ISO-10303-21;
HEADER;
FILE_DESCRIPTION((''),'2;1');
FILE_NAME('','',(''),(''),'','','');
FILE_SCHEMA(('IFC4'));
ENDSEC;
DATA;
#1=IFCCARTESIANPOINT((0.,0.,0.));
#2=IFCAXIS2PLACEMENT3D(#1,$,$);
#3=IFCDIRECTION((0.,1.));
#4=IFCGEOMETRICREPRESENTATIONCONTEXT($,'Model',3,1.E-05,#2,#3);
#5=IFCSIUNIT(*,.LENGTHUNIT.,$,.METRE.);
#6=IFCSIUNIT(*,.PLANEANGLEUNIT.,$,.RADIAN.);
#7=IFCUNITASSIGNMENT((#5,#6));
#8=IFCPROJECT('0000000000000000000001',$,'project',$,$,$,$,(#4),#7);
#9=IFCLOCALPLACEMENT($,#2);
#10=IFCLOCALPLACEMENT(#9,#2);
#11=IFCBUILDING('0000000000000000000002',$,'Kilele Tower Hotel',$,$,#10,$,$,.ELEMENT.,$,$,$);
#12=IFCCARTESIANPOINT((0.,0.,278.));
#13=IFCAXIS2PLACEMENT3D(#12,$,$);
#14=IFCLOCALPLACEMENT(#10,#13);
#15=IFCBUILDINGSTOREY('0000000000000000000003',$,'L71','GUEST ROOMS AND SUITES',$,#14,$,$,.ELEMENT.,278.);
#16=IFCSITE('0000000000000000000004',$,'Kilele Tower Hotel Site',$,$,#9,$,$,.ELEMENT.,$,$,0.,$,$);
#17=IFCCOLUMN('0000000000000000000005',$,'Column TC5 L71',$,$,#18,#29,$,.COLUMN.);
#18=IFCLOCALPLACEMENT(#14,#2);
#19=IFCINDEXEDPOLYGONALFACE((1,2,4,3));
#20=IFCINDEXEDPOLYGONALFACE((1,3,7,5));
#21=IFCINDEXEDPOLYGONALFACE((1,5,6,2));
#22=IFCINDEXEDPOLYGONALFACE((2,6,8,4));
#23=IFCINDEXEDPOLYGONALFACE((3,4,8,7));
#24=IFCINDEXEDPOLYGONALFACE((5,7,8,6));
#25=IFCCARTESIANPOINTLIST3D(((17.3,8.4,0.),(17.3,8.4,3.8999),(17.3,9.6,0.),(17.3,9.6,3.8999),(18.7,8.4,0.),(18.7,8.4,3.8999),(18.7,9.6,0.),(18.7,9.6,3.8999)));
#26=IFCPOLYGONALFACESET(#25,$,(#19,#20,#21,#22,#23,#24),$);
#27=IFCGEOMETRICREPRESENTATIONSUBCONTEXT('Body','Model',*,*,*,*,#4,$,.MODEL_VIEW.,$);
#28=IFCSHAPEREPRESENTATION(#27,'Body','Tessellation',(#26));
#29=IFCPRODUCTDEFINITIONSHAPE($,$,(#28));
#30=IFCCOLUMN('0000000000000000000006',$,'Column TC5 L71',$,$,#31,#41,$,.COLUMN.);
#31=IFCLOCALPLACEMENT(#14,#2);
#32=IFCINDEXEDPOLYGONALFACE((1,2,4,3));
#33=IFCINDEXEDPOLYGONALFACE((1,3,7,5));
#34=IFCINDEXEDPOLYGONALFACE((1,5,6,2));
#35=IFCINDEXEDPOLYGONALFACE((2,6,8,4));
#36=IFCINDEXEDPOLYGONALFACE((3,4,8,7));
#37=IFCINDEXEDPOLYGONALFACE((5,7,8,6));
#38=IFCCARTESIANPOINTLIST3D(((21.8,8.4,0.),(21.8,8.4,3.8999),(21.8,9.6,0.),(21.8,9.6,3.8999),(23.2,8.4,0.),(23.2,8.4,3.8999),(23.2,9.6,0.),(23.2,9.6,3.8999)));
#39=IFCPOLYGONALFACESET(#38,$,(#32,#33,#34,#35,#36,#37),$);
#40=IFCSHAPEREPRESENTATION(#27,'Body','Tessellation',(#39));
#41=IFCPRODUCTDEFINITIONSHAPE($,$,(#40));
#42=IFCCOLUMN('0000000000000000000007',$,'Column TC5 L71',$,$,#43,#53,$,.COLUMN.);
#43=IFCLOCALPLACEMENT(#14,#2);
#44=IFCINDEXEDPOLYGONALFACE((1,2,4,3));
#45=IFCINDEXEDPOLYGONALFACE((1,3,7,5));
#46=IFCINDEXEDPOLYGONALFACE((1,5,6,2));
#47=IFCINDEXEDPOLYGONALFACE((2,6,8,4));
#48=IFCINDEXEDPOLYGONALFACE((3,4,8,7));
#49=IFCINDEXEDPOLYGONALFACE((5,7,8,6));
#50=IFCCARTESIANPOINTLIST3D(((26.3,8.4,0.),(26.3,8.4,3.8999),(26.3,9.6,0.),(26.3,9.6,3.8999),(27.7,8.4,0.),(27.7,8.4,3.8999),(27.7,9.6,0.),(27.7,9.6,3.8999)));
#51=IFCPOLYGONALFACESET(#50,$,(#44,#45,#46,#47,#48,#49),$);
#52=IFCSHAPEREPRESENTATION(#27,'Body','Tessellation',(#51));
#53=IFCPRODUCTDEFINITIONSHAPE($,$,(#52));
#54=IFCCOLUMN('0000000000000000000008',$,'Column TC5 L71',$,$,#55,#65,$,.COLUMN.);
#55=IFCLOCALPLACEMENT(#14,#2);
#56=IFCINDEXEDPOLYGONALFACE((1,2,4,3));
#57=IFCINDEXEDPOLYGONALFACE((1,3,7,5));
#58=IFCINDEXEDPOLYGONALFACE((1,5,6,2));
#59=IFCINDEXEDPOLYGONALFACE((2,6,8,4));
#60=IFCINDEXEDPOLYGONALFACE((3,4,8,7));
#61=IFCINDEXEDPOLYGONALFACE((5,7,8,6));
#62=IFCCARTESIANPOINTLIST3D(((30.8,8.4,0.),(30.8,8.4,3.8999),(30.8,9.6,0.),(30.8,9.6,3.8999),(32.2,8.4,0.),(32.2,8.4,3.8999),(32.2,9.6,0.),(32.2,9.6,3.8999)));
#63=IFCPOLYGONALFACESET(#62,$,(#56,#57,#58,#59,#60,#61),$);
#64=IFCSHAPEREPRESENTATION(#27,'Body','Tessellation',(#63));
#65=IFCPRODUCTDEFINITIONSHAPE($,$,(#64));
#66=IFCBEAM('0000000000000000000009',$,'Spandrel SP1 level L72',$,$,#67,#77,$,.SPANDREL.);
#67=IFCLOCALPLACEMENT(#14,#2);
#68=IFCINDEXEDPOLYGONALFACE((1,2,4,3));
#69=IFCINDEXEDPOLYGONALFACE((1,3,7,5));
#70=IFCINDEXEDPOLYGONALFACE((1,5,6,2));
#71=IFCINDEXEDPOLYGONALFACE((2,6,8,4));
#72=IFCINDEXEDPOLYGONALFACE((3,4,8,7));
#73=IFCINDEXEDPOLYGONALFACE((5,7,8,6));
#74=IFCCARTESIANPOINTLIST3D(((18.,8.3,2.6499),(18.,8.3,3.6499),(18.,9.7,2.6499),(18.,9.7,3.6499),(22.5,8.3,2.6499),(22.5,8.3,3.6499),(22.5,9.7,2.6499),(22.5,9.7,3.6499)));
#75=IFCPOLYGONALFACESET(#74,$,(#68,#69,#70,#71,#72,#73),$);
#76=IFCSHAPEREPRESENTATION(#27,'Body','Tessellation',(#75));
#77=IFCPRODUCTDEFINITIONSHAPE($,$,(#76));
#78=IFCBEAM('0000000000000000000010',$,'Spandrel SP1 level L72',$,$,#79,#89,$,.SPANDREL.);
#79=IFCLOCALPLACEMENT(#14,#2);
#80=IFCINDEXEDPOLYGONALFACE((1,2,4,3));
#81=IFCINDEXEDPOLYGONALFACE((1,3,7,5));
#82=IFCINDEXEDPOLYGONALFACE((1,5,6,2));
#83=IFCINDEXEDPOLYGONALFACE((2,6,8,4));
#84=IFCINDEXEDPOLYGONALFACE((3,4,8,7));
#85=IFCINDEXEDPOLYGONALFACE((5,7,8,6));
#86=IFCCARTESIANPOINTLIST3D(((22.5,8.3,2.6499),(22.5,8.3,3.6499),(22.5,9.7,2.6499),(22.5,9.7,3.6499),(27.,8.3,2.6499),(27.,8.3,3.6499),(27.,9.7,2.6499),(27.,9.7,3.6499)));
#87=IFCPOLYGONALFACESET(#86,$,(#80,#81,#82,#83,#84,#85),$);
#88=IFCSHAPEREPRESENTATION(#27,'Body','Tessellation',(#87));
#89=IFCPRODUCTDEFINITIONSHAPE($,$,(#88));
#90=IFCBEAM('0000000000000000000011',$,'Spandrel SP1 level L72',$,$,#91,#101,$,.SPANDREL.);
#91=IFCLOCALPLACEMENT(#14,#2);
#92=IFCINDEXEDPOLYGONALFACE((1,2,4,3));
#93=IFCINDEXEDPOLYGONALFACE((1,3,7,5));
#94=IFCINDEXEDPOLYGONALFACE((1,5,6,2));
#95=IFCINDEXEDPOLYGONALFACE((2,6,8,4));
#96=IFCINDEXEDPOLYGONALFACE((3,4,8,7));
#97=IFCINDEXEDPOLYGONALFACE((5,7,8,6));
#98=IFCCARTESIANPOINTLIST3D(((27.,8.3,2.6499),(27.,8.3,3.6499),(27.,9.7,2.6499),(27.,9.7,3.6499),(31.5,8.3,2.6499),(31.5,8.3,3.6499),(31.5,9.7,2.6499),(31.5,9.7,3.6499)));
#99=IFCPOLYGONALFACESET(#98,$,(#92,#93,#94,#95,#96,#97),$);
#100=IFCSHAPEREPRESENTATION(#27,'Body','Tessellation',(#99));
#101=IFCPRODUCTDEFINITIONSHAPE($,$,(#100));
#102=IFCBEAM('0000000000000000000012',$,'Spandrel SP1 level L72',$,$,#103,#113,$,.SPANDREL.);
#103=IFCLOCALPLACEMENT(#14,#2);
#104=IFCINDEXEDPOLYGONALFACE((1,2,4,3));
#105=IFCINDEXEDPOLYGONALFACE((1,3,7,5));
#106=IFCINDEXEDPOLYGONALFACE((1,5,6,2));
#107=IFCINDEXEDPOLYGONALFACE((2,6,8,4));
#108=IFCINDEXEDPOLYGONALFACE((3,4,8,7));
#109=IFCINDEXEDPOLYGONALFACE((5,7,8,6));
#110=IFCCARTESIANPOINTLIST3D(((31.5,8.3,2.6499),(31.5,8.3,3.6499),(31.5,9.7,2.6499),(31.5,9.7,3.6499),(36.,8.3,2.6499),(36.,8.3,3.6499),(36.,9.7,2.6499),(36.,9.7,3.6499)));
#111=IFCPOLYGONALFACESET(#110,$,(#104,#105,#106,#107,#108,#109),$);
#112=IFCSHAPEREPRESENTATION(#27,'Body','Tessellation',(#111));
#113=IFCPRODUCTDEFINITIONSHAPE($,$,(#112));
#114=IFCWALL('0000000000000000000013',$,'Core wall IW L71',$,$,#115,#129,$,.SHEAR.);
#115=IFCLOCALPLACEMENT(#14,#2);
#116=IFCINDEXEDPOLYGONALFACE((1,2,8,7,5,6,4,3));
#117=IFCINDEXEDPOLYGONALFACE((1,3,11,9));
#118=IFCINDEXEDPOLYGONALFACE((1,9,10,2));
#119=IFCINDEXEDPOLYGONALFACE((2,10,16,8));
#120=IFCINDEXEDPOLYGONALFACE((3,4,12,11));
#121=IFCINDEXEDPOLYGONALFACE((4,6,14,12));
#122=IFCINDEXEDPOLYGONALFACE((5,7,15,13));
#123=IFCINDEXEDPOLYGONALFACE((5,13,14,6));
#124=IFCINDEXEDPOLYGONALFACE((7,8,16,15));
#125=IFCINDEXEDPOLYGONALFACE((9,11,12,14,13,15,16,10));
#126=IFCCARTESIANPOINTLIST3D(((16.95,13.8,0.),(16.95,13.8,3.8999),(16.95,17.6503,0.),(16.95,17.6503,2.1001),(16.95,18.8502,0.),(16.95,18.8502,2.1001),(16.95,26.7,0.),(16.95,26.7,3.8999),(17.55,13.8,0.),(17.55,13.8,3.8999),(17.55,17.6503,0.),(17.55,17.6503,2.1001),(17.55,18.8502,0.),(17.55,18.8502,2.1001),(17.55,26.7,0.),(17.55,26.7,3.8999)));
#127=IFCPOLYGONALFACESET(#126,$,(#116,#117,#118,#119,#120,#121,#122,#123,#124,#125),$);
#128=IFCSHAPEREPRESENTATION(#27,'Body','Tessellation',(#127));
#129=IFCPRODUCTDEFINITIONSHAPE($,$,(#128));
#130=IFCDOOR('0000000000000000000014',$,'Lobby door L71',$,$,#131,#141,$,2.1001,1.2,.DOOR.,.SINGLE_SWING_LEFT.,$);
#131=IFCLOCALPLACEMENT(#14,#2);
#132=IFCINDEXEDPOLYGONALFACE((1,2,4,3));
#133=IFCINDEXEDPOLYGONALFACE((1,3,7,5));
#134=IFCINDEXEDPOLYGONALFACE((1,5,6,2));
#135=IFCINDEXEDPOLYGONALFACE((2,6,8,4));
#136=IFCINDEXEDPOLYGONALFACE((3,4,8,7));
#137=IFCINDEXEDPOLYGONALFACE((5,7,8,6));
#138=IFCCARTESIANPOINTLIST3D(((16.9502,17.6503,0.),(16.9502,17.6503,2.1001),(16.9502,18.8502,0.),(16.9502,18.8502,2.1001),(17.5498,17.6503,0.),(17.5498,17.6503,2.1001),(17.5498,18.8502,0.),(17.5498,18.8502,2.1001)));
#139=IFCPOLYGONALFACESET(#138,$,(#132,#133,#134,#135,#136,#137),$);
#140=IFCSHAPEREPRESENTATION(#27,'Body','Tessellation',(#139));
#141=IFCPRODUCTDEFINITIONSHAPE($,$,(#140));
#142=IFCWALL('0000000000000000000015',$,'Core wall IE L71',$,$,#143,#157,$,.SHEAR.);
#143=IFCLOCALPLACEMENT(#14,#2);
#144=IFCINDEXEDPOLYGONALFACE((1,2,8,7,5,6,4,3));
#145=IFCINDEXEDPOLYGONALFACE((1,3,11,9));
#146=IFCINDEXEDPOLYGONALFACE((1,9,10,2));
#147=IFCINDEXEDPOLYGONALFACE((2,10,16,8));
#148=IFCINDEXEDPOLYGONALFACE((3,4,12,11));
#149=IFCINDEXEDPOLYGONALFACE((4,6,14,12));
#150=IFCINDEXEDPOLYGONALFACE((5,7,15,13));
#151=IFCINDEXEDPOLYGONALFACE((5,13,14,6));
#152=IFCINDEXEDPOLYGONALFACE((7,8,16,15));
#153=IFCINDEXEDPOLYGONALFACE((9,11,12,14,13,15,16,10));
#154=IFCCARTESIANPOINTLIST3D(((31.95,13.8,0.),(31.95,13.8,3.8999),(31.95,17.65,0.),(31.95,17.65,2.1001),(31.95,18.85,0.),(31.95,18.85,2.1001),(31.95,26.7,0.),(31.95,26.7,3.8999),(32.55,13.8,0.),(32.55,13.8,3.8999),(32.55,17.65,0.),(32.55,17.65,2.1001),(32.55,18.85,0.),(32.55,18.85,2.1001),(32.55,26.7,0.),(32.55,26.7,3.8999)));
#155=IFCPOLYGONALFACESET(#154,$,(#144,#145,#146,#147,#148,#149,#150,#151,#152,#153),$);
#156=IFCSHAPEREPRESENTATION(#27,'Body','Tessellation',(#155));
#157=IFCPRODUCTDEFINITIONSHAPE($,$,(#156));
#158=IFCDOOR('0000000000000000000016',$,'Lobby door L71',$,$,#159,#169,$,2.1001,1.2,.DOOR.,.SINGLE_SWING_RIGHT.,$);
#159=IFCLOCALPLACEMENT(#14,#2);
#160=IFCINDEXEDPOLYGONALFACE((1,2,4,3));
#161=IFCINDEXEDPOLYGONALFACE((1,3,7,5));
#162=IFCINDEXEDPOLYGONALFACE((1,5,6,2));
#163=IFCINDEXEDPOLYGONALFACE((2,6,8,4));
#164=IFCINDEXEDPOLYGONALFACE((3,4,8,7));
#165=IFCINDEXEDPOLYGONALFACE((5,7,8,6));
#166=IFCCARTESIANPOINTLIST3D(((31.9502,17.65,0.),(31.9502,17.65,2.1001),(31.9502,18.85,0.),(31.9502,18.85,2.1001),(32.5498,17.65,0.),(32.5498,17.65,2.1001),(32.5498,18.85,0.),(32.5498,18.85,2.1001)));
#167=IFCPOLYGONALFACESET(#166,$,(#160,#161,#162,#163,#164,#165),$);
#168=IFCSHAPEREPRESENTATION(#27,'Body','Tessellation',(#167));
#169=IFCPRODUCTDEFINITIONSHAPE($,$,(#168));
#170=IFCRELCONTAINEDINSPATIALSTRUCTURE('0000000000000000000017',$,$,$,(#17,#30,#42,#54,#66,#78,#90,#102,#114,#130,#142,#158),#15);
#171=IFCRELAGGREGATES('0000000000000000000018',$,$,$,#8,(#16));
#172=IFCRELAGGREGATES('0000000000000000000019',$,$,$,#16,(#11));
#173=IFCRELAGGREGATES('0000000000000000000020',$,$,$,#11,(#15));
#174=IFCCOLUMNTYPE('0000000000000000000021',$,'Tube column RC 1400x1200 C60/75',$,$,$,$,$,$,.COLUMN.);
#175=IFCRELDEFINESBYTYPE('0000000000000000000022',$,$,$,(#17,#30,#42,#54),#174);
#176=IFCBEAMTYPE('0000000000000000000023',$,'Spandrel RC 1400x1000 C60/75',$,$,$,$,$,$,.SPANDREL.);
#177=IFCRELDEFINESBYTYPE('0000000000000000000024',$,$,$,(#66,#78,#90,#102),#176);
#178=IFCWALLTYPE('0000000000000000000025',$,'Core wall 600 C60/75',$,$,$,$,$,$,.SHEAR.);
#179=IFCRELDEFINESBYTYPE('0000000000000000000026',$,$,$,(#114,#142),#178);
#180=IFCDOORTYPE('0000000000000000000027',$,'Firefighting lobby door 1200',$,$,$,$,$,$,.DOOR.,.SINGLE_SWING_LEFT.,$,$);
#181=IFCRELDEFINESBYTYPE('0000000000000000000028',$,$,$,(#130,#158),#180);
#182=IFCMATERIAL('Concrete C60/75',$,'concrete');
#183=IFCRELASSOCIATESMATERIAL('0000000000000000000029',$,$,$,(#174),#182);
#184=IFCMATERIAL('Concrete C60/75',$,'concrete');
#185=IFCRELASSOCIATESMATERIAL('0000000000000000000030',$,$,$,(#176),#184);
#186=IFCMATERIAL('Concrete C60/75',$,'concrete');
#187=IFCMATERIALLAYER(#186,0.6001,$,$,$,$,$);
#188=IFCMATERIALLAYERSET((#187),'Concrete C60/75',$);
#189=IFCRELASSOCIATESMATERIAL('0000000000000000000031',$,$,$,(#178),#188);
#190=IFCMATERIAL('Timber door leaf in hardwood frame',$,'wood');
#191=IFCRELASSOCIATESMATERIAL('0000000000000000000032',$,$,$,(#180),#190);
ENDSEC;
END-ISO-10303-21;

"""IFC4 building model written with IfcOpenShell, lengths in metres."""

from ifc_helpers import new_model, si_unit, direction, frame, frame_2d, origin, origin_2d, place, context, subcontext, project, spatial, rectangle, extrude, material, layer, layer_set, material_profile, profile_set, type_object, element, fill, save


model = new_model("IFC4")

# Units and contexts
model_context = context("Model", 3, precision=1e-05, world=origin(), true_north=direction((0.0, 1.0)))
body_context = subcontext(model_context, "Body", "Model", "MODEL_VIEW")
ifc_project = project(units=[si_unit("LENGTHUNIT", "METRE"), si_unit("PLANEANGLEUNIT", "RADIAN")], contexts=[model_context])

# Site, building, storey
site_placement = place(None, origin())
site = spatial("IfcSite", under=ifc_project, at=site_placement, Name="Kilele Tower Hotel Site", CompositionType="ELEMENT", RefElevation=0.0)
building_placement = place(site_placement, origin())
building = spatial("IfcBuilding", under=site, at=building_placement, Name="Kilele Tower Hotel", CompositionType="ELEMENT")
storey_placement = place(building_placement, frame((0.0, 0.0, 278.0)))
storey = spatial("IfcBuildingStorey", under=building, at=storey_placement, Name="L71", Description="GUEST ROOMS AND SUITES", CompositionType="ELEMENT", Elevation=278.0)

# Columns
ifc_material_1 = material(Name="Concrete C60/75", Category="concrete")
ifc_material_profile_1 = material_profile(ifc_material_1, rectangle(XDim=1.3999, YDim=1.2, at=origin_2d()))
ifc_profile_set_1 = profile_set([ifc_material_profile_1], Name="Concrete C60/75")
column_type = type_object("IfcColumnType", Name="Tube column RC 1400x1200 C60/75", PredefinedType="COLUMN", material=ifc_profile_set_1)
for number, where, z_axis, x_axis, name in (
    (1, (18.0, 9.0, 0.0), (0.0, 0.0, 1.0), (1.0, 0.0, 0.0), "Column TC5 L71"),
    (2, (22.5, 9.0, 0.0), (0.0, 0.0, 1.0), (1.0, 0.0, 0.0), "Column TC5 L71"),
    (3, (27.0, 9.0, 0.0), (0.0, 0.0, 1.0), (1.0, 0.0, 0.0), "Column TC5 L71"),
    (4, (31.5, 9.0, 0.0), (0.0, 0.0, 1.0), (1.0, 0.0, 0.0), "Column TC5 L71"),
):
    element("IfcColumn", number, at=place(storey_placement, frame(where, z_axis=z_axis, x_axis=x_axis)), inside=storey, type_object=column_type, Name=name, PredefinedType="COLUMN", context=body_context, shape_type="SweptSolid", body=[
        extrude(rectangle(XDim=1.3999, YDim=1.2, at=origin_2d()), origin(), (0.0, 0.0, 1.0), 3.8999),
    ])

# Beams
ifc_material_2 = material(Name="Concrete C60/75", Category="concrete")
ifc_material_profile_2 = material_profile(ifc_material_2, rectangle(XDim=1.3999, YDim=1.0, at=origin_2d()))
ifc_profile_set_2 = profile_set([ifc_material_profile_2], Name="Concrete C60/75")
beam_type = type_object("IfcBeamType", Name="Spandrel RC 1400x1000 C60/75", PredefinedType="SPANDREL", material=ifc_profile_set_2)
for number, where, z_axis, x_axis, name in (
    (5, (18.0, 9.0, 3.1499), (1.0, 0.0, 0.0), (0.0, 1.0, 0.0), "Spandrel SP1 level L72"),
    (6, (22.5, 9.0, 3.1499), (1.0, 0.0, 0.0), (0.0, 1.0, 0.0), "Spandrel SP1 level L72"),
    (7, (27.0, 9.0, 3.1499), (1.0, 0.0, 0.0), (0.0, 1.0, 0.0), "Spandrel SP1 level L72"),
    (8, (31.5, 9.0, 3.1499), (1.0, 0.0, 0.0), (0.0, 1.0, 0.0), "Spandrel SP1 level L72"),
):
    element("IfcBeam", number, at=place(storey_placement, frame(where, z_axis=z_axis, x_axis=x_axis)), inside=storey, type_object=beam_type, Name=name, PredefinedType="SPANDREL", context=body_context, shape_type="SweptSolid", body=[
        extrude(rectangle(XDim=1.3999, YDim=1.0, at=origin_2d()), origin(), (0.0, 0.0, 1.0), 4.5),
    ])

# Walls, openings, doors
ifc_material_3 = material(Name="Concrete C60/75", Category="concrete")
ifc_layer_1 = layer(ifc_material_3, 0.6001)
ifc_layer_set_1 = layer_set([ifc_layer_1], Name="Concrete C60/75")
wall_type_1 = type_object("IfcWallType", Name="Core wall 600 C60/75", PredefinedType="SHEAR", material=ifc_layer_set_1)
wall_1_placement = place(storey_placement, frame((17.25, 13.8, 0.0), z_axis=(0.0, 0.0, 1.0), x_axis=(0.0, 1.0, 0.0)))
wall_1 = element("IfcWall", 9, at=wall_1_placement, inside=storey, type_object=wall_type_1, Name="Core wall IW L71", PredefinedType="SHEAR", context=body_context, shape_type="SweptSolid", body=[
    extrude(rectangle(XDim=12.8999, YDim=0.6001, at=frame_2d((6.45, 0.0))), origin(), (0.0, 0.0, 1.0), 3.8999),
])
opening_1_placement = place(wall_1_placement, frame((3.8501, 0.0, 0.0)))
opening_1 = element("IfcOpeningElement", 10, at=opening_1_placement, cuts=wall_1, PredefinedType="OPENING", context=body_context, shape_type="SweptSolid", body=[
    extrude(rectangle(XDim=1.2, YDim=2.1001, at=frame_2d((0.6001, 1.05))), frame((0.0, 0.3101, 0.0), z_axis=(0.0, -1.0, 0.0), x_axis=(1.0, 0.0, 0.0)), (0.0, 0.0, 1.0), 0.6201),
])
ifc_material_4 = material(Name="Timber door leaf in hardwood frame", Category="wood")
door_type_1 = type_object("IfcDoorType", Name="Firefighting lobby door 1200", OperationType="SINGLE_SWING_LEFT", PredefinedType="DOOR", material=ifc_material_4)
door_1_placement = place(opening_1_placement, origin())
door_1 = element("IfcDoor", 11, at=door_1_placement, inside=storey, type_object=door_type_1, Name="Lobby door L71", OperationType="SINGLE_SWING_LEFT", OverallHeight=2.1001, OverallWidth=1.2, PredefinedType="DOOR", context=body_context, shape_type="SweptSolid", body=[
    extrude(rectangle(XDim=1.2, YDim=2.1001, at=frame_2d((0.6001, 1.05))), frame((0.0, 0.2998, 0.0), z_axis=(0.0, -1.0, 0.0), x_axis=(1.0, 0.0, 0.0)), (0.0, 0.0, 1.0), 0.5996),
])
fill(opening_1, door_1)
wall_2_placement = place(storey_placement, frame((32.25, 13.8, 0.0), z_axis=(0.0, 0.0, 1.0), x_axis=(0.0, 1.0, 0.0)))
wall_2 = element("IfcWall", 12, at=wall_2_placement, inside=storey, type_object=wall_type_1, Name="Core wall IE L71", PredefinedType="SHEAR", context=body_context, shape_type="SweptSolid", body=[
    extrude(rectangle(XDim=12.8999, YDim=0.6001, at=frame_2d((6.45, 0.0))), origin(), (0.0, 0.0, 1.0), 3.8999),
])
opening_2_placement = place(wall_2_placement, frame((5.05, 0.0, 0.0), z_axis=(0.0, 0.0, 1.0), x_axis=(-1.0, 0.0, 0.0)))
opening_2 = element("IfcOpeningElement", 13, at=opening_2_placement, cuts=wall_2, PredefinedType="OPENING", context=body_context, shape_type="SweptSolid", body=[
    extrude(rectangle(XDim=1.2, YDim=2.1001, at=frame_2d((0.6001, 1.05))), frame((0.0, 0.3101, 0.0), z_axis=(0.0, -1.0, 0.0), x_axis=(1.0, 0.0, 0.0)), (0.0, 0.0, 1.0), 0.6201),
])
door_2_placement = place(opening_2_placement, origin())
door_2 = element("IfcDoor", 14, at=door_2_placement, inside=storey, type_object=door_type_1, Name="Lobby door L71", OperationType="SINGLE_SWING_RIGHT", OverallHeight=2.1001, OverallWidth=1.2, PredefinedType="DOOR", context=body_context, shape_type="SweptSolid", body=[
    extrude(rectangle(XDim=1.2, YDim=2.1001, at=frame_2d((0.6001, 1.05))), frame((0.0, 0.2998, 0.0), z_axis=(0.0, -1.0, 0.0), x_axis=(1.0, 0.0, 0.0)), (0.0, 0.0, 1.0), 0.5996),
])
fill(opening_2, door_2)

save(model, "model.ifc")
